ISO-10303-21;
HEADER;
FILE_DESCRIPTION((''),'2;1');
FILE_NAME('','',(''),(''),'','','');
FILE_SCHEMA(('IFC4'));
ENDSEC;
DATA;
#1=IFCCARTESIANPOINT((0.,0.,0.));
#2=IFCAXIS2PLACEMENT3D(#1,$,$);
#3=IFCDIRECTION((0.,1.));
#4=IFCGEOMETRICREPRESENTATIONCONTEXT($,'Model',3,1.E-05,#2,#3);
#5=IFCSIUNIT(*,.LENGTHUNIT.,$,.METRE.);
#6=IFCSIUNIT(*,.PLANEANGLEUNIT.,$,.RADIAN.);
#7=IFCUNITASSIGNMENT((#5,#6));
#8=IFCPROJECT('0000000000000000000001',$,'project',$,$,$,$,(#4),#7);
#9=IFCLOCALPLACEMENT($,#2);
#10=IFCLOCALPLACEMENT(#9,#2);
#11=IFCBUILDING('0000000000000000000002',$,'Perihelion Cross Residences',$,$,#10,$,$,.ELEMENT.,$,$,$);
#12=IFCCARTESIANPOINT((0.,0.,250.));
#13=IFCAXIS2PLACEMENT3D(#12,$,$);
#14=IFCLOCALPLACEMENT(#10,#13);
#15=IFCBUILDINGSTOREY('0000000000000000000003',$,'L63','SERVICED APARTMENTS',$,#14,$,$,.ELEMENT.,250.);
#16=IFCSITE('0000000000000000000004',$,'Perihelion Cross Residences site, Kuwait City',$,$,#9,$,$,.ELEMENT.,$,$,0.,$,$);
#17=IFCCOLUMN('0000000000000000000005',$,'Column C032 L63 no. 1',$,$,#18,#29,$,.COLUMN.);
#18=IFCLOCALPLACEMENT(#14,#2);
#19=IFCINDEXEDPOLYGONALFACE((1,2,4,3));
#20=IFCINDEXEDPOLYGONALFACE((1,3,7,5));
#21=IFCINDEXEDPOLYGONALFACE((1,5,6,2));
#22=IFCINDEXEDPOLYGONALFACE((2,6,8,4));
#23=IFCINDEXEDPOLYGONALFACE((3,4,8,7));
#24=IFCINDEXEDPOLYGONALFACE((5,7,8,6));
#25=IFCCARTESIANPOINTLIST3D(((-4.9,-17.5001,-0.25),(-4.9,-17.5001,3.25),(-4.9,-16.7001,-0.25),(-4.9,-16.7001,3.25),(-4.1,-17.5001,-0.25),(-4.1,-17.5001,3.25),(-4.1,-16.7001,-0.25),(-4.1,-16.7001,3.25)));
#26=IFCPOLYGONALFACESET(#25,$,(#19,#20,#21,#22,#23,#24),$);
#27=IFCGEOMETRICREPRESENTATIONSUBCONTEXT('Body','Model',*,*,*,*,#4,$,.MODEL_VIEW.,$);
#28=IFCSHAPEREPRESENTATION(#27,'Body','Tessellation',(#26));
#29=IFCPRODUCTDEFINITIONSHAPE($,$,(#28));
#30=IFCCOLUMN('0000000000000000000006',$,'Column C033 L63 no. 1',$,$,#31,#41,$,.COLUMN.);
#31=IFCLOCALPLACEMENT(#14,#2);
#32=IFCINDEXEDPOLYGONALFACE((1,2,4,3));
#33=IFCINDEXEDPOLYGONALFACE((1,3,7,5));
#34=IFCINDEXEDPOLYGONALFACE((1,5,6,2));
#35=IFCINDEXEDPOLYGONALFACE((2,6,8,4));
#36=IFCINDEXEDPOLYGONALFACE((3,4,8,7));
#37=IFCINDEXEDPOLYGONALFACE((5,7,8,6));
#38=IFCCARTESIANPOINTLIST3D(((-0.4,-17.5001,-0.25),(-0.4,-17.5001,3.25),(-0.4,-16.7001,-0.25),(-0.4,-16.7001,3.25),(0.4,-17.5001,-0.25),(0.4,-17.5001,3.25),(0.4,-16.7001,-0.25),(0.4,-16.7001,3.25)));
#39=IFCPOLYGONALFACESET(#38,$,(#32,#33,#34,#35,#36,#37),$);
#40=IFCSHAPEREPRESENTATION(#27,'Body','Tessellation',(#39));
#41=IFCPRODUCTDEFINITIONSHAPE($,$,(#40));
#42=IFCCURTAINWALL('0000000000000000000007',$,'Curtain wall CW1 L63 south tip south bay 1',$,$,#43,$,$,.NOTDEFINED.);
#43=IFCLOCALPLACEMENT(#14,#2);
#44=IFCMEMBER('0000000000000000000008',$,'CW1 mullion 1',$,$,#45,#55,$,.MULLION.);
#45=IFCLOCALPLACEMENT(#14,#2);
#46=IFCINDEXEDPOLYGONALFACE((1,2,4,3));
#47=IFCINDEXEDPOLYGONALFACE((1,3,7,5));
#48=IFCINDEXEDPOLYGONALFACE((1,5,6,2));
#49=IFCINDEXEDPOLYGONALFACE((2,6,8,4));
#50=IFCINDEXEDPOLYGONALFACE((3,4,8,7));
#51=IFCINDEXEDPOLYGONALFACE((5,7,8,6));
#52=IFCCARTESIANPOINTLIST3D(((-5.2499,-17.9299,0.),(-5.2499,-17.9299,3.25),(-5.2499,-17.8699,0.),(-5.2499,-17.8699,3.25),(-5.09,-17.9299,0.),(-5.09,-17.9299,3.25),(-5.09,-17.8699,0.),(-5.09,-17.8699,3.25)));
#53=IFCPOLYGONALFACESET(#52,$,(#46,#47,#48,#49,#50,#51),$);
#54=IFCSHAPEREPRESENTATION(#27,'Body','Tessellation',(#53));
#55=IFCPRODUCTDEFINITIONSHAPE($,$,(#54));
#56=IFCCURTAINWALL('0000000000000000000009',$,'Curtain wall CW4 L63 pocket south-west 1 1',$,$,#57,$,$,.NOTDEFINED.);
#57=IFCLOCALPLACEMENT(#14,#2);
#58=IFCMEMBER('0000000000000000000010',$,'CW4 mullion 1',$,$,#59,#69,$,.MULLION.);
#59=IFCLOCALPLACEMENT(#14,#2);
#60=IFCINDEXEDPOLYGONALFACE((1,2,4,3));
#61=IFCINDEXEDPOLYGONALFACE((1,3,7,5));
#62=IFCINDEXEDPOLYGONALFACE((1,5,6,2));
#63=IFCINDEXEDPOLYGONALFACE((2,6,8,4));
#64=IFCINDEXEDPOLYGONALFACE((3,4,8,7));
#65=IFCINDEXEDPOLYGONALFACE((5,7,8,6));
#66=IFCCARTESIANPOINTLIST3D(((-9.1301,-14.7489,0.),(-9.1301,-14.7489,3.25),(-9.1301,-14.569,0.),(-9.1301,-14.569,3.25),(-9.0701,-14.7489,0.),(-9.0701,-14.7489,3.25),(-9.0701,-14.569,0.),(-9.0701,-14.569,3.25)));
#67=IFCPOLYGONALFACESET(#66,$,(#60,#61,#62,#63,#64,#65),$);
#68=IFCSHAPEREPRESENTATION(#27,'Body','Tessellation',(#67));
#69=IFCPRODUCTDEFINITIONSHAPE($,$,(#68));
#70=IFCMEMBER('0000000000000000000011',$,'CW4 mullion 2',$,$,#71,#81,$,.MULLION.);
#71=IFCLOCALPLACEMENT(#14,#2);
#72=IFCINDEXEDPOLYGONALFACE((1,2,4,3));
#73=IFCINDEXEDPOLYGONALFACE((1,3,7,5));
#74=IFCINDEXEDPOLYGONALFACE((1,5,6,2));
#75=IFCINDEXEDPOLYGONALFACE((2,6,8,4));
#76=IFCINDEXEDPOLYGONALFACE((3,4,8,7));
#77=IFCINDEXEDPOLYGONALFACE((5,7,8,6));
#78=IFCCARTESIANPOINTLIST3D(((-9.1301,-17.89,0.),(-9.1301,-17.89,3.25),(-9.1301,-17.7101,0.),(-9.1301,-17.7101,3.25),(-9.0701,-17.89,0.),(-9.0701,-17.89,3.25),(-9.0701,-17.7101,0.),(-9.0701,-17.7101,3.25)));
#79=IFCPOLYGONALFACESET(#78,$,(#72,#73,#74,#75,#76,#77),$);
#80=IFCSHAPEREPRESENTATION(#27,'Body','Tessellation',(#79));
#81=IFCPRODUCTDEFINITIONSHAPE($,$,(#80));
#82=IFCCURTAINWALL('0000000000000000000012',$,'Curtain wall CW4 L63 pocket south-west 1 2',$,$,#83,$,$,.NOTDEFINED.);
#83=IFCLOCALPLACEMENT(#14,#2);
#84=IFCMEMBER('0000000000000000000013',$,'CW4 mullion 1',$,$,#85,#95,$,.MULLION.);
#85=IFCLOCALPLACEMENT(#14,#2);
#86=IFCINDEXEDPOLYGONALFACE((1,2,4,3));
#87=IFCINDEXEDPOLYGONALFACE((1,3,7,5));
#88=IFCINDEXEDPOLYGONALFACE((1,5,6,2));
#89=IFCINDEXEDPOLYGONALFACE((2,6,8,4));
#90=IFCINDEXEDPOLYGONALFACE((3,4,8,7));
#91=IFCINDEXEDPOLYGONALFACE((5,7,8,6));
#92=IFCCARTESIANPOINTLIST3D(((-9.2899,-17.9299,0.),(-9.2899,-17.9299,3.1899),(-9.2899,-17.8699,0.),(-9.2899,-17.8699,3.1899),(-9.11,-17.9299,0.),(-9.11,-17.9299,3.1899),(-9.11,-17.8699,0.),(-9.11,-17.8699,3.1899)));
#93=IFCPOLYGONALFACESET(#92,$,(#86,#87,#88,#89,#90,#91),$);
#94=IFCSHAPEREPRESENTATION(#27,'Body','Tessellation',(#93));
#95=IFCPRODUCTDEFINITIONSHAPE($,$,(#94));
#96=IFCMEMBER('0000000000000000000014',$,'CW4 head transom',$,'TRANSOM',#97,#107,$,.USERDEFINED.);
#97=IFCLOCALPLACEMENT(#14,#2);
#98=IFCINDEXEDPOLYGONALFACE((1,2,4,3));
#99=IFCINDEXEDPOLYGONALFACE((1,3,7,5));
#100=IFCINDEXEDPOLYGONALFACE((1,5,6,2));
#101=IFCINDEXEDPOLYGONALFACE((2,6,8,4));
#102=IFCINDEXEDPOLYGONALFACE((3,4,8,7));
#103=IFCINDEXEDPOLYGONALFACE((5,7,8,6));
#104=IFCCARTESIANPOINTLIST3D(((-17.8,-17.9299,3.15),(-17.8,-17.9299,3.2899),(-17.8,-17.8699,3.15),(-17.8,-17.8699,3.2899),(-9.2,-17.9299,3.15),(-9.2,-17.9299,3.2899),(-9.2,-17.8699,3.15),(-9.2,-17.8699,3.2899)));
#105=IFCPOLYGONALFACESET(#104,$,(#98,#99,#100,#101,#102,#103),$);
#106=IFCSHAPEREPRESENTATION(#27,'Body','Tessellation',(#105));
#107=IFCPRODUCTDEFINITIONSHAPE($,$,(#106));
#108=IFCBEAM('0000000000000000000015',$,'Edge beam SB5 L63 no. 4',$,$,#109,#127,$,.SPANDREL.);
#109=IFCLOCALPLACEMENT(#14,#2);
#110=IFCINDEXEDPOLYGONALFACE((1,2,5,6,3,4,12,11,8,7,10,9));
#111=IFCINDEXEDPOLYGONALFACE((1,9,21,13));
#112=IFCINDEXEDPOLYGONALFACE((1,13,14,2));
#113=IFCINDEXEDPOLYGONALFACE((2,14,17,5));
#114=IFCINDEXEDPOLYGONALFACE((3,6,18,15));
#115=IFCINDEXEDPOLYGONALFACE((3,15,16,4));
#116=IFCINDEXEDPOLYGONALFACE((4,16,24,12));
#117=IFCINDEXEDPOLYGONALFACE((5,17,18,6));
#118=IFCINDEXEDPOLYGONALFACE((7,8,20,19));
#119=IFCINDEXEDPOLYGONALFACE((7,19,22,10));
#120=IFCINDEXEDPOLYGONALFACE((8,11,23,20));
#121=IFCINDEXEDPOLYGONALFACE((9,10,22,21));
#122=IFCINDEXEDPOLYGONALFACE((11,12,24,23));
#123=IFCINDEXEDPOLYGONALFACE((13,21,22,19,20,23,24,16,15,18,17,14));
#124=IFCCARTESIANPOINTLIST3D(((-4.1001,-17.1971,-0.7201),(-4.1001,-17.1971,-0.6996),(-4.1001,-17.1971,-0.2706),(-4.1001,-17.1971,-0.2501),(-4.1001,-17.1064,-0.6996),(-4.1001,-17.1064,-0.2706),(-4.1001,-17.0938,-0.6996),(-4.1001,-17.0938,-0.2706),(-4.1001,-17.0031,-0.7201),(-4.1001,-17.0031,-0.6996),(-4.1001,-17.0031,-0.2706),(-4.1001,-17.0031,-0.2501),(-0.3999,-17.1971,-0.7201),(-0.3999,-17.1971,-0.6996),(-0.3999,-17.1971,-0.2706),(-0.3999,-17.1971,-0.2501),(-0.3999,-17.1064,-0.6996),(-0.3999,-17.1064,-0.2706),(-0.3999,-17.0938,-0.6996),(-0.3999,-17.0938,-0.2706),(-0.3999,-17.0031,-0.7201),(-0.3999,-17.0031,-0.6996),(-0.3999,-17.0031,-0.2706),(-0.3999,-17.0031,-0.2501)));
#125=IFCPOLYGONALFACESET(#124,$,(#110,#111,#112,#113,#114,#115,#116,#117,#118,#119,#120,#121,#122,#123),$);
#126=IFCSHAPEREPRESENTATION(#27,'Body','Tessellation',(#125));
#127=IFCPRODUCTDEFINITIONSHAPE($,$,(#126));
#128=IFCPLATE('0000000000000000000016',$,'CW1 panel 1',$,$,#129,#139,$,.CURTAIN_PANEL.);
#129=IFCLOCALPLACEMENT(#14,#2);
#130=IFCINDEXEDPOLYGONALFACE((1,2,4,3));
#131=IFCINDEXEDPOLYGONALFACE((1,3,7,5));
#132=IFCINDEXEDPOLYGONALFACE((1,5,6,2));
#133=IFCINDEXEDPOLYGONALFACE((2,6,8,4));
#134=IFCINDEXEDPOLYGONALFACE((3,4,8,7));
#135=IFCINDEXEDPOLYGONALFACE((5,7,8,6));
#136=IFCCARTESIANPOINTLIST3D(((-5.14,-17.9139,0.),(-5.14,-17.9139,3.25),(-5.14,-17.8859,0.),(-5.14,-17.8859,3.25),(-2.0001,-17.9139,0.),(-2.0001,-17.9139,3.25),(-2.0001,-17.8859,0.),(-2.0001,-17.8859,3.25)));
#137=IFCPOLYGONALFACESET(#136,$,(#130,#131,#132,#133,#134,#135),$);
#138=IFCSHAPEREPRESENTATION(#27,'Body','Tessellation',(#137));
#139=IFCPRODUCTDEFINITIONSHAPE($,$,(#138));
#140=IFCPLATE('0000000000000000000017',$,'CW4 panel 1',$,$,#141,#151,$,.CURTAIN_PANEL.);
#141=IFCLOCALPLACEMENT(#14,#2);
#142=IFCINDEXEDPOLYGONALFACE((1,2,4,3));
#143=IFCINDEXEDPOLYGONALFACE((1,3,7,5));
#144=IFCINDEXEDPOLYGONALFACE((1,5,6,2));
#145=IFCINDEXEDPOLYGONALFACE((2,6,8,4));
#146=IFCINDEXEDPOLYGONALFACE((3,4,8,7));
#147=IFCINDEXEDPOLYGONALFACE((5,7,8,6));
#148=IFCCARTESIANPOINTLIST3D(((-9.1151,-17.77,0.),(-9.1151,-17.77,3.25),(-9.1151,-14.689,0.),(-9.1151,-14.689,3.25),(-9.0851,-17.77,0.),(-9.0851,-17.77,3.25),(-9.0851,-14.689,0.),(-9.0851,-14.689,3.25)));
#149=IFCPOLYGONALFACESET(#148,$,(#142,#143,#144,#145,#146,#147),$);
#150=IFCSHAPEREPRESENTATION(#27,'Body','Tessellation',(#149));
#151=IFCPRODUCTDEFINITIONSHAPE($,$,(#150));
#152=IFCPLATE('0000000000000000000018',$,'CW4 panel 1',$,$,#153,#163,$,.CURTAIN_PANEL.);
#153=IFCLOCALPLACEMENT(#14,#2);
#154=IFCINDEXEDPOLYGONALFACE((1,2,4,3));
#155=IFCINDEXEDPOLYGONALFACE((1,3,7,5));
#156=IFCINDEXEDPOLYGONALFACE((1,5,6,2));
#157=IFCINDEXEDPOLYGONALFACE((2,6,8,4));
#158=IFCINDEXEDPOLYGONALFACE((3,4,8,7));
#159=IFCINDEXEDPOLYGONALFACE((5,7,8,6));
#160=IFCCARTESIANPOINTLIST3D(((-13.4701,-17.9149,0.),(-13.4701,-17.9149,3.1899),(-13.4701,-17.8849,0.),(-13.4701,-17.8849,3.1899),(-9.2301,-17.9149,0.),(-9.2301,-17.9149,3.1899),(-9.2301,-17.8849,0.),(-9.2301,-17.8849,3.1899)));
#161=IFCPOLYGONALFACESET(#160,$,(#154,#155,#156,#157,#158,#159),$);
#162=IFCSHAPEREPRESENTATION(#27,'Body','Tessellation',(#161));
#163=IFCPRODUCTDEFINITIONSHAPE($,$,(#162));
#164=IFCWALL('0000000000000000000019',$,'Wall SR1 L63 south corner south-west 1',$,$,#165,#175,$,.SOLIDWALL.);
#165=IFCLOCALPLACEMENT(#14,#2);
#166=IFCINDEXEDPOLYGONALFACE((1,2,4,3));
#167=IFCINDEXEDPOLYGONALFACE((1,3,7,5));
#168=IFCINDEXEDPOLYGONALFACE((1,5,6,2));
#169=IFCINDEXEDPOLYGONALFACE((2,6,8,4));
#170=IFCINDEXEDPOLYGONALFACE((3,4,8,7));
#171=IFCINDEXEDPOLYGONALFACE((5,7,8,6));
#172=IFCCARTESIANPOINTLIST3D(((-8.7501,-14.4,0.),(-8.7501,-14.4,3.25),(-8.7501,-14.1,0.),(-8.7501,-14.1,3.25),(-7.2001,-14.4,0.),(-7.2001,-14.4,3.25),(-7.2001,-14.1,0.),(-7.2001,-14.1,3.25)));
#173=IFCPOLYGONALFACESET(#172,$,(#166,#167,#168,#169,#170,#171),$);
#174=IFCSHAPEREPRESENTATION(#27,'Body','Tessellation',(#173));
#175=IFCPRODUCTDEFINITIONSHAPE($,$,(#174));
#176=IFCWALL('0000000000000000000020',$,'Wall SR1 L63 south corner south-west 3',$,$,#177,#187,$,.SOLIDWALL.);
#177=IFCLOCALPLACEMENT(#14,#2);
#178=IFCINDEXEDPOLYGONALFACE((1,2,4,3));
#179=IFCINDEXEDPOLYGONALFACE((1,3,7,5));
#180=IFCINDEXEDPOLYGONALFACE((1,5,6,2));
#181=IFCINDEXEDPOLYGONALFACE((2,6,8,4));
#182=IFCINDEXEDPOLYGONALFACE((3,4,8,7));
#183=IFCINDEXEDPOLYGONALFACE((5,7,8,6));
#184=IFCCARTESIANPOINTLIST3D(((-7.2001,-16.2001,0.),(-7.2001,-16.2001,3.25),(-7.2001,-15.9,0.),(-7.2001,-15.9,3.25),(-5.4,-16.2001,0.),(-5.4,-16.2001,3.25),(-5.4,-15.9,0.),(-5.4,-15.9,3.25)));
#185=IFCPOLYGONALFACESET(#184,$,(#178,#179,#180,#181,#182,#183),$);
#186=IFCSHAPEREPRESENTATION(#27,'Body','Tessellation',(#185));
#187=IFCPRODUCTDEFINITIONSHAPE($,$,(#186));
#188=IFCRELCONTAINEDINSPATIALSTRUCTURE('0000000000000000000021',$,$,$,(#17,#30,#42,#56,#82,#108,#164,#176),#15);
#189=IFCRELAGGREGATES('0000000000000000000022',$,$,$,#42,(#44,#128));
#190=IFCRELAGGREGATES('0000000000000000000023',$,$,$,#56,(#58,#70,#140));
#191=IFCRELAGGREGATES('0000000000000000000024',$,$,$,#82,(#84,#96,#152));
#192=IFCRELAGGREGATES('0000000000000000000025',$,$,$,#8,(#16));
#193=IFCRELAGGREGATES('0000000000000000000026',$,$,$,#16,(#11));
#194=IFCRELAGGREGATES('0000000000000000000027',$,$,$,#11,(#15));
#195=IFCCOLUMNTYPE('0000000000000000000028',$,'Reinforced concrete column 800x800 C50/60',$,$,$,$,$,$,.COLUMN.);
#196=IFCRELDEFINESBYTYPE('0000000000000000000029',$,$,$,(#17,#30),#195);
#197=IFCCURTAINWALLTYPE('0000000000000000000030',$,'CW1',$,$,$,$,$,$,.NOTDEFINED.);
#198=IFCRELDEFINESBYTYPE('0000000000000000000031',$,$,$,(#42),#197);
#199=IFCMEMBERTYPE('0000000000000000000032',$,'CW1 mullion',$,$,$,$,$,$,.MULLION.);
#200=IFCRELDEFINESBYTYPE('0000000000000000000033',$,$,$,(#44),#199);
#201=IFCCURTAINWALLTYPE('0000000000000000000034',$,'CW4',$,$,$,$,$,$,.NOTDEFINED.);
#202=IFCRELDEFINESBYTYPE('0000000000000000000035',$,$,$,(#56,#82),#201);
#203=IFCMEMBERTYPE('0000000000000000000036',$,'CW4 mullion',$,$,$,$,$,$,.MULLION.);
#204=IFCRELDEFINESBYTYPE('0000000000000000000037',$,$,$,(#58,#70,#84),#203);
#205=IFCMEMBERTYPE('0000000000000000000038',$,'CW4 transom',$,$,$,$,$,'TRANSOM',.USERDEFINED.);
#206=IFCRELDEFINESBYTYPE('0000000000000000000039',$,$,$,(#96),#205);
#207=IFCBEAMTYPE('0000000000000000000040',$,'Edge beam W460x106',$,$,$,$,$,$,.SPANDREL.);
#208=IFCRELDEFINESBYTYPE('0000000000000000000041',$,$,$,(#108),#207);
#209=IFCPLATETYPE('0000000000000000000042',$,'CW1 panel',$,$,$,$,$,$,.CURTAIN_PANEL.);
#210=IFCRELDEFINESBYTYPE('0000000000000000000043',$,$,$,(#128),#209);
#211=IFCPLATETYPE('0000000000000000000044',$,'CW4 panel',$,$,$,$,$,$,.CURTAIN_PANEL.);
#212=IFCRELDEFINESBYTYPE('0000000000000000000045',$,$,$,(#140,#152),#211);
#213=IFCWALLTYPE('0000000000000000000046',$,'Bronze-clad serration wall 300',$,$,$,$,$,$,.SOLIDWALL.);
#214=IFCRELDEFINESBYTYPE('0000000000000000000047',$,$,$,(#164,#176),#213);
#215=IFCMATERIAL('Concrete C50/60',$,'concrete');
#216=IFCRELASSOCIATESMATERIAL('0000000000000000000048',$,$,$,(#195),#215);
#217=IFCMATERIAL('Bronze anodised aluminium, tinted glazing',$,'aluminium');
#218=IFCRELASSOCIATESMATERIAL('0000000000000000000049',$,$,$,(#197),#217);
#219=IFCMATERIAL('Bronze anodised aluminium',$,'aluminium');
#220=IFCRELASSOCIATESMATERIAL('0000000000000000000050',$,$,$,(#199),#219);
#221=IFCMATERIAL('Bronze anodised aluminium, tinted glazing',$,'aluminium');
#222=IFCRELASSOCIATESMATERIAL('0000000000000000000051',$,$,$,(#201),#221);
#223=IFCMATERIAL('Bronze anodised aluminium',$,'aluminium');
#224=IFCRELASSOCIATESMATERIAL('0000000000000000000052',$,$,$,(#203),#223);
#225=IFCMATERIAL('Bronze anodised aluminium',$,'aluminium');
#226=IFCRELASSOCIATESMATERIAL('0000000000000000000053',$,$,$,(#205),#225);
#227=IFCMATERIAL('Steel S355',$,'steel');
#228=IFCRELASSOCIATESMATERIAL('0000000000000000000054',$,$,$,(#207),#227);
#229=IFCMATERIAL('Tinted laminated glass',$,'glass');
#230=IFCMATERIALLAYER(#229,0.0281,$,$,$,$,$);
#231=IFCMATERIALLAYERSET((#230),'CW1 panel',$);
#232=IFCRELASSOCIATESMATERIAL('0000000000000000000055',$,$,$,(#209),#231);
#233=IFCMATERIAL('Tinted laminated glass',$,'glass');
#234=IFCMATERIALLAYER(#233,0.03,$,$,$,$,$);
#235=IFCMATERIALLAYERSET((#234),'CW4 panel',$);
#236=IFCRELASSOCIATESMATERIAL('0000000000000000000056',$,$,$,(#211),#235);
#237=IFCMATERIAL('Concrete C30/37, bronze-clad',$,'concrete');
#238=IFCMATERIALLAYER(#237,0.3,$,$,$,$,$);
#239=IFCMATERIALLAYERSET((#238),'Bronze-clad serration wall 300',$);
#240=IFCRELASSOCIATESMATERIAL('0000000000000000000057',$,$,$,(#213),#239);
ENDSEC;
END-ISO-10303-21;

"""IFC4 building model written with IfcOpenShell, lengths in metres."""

from ifc_helpers import new_model, si_unit, direction, frame, frame_2d, origin, origin_2d, place, context, subcontext, project, spatial, rectangle, i_section, extrude, material, layer, layer_set, material_profile, profile_set, type_object, element, aggregate, save


model = new_model("IFC4")

# Units and contexts
model_context = context("Model", 3, precision=1e-05, world=origin(), true_north=direction((0.0, 1.0)))
body_context = subcontext(model_context, "Body", "Model", "MODEL_VIEW")
ifc_project = project(units=[si_unit("LENGTHUNIT", "METRE"), si_unit("PLANEANGLEUNIT", "RADIAN")], contexts=[model_context])

# Site, building, storey
site_placement = place(None, origin())
site = spatial("IfcSite", under=ifc_project, at=site_placement, Name="Perihelion Cross Residences site, Kuwait City", CompositionType="ELEMENT", RefElevation=0.0)
building_placement = place(site_placement, origin())
building = spatial("IfcBuilding", under=site, at=building_placement, Name="Perihelion Cross Residences", CompositionType="ELEMENT")
storey_placement = place(building_placement, frame((0.0, 0.0, 250.0)))
storey = spatial("IfcBuildingStorey", under=building, at=storey_placement, Name="L63", Description="SERVICED APARTMENTS", CompositionType="ELEMENT", Elevation=250.0)

# Columns
ifc_material_1 = material(Name="Concrete C50/60", Category="concrete")
ifc_material_profile_1 = material_profile(ifc_material_1, rectangle(XDim=0.8, YDim=0.8, at=origin_2d()), Name="RC 800x800")
ifc_profile_set_1 = profile_set([ifc_material_profile_1], Name="Concrete C50/60")
column_type = type_object("IfcColumnType", Name="Reinforced concrete column 800x800 C50/60", PredefinedType="COLUMN", material=ifc_profile_set_1)
for number, where, z_axis, x_axis, name in (
    (1, (-4.5, -17.1001, -0.25), (0.0, 0.0, 1.0), (1.0, 0.0, 0.0), "Column C032 L63 no. 1"),
    (2, (0.0, -17.1001, -0.25), (0.0, 0.0, 1.0), (1.0, 0.0, 0.0), "Column C033 L63 no. 1"),
):
    element("IfcColumn", number, at=place(storey_placement, frame(where, z_axis=z_axis, x_axis=x_axis)), inside=storey, type_object=column_type, Name=name, PredefinedType="COLUMN", context=body_context, shape_type="SweptSolid", body=[
        extrude(rectangle(XDim=0.8, YDim=0.8, at=origin_2d()), origin(), (0.0, 0.0, 1.0), 3.5),
    ])

# Curtain wall, member
ifc_material_2 = material(Name="Bronze anodised aluminium, tinted glazing", Category="aluminium")
curtain_wall_type_1 = type_object("IfcCurtainWallType", Name="CW1", PredefinedType="NOTDEFINED", material=ifc_material_2)
curtain_wall_1_placement = place(storey_placement, origin())
curtain_wall_1 = element("IfcCurtainWall", 3, at=curtain_wall_1_placement, inside=storey, type_object=curtain_wall_type_1, Name="Curtain wall CW1 L63 south tip south bay 1", PredefinedType="NOTDEFINED")
ifc_material_3 = material(Name="Bronze anodised aluminium", Category="aluminium")
ifc_material_profile_2 = material_profile(ifc_material_3, rectangle(XDim=0.0601, YDim=0.1599, at=origin_2d()), Name="CW1 mullion")
ifc_profile_set_2 = profile_set([ifc_material_profile_2], Name="Bronze anodised aluminium")
member_type_1 = type_object("IfcMemberType", Name="CW1 mullion", PredefinedType="MULLION", material=ifc_profile_set_2)
member_1_placement = place(storey_placement, frame((-5.1699, -17.8999, 0.0), z_axis=(0.0, 0.0, 1.0), x_axis=(0.0, 1.0, 0.0)))
member_1 = element("IfcMember", 4, at=member_1_placement, type_object=member_type_1, Name="CW1 mullion 1", PredefinedType="MULLION", context=body_context, shape_type="SweptSolid", body=[
    extrude(rectangle(XDim=0.0601, YDim=0.1599, at=origin_2d()), origin(), (0.0, 0.0, 1.0), 3.25),
])

# Curtain walls, members
ifc_material_4 = material(Name="Bronze anodised aluminium, tinted glazing", Category="aluminium")
curtain_wall_type_2 = type_object("IfcCurtainWallType", Name="CW4", PredefinedType="NOTDEFINED", material=ifc_material_4)
curtain_wall_2_placement = place(storey_placement, origin())
curtain_wall_2 = element("IfcCurtainWall", 5, at=curtain_wall_2_placement, inside=storey, type_object=curtain_wall_type_2, Name="Curtain wall CW4 L63 pocket south-west 1 1", PredefinedType="NOTDEFINED")
ifc_material_5 = material(Name="Bronze anodised aluminium", Category="aluminium")
ifc_material_profile_3 = material_profile(ifc_material_5, rectangle(XDim=0.0601, YDim=0.1799, at=origin_2d()), Name="CW4 mullion")
ifc_profile_set_3 = profile_set([ifc_material_profile_3], Name="Bronze anodised aluminium")
member_type_2 = type_object("IfcMemberType", Name="CW4 mullion", PredefinedType="MULLION", material=ifc_profile_set_3)
member_2_placement = place(storey_placement, frame((-9.1001, -14.6589, 0.0), z_axis=(0.0, 0.0, 1.0), x_axis=(1.0, 0.0, 0.0)))
member_2 = element("IfcMember", 6, at=member_2_placement, type_object=member_type_2, Name="CW4 mullion 1", PredefinedType="MULLION", context=body_context, shape_type="SweptSolid", body=[
    extrude(rectangle(XDim=0.0601, YDim=0.1799, at=origin_2d()), origin(), (0.0, 0.0, 1.0), 3.25),
])
member_3_placement = place(storey_placement, frame((-9.1001, -17.8, 0.0), z_axis=(0.0, 0.0, 1.0), x_axis=(1.0, 0.0, 0.0)))
member_3 = element("IfcMember", 7, at=member_3_placement, type_object=member_type_2, Name="CW4 mullion 2", PredefinedType="MULLION", context=body_context, shape_type="SweptSolid", body=[
    extrude(rectangle(XDim=0.0601, YDim=0.1799, at=origin_2d()), origin(), (0.0, 0.0, 1.0), 3.25),
])
curtain_wall_3_placement = place(storey_placement, origin())
curtain_wall_3 = element("IfcCurtainWall", 8, at=curtain_wall_3_placement, inside=storey, type_object=curtain_wall_type_2, Name="Curtain wall CW4 L63 pocket south-west 1 2", PredefinedType="NOTDEFINED")
member_4_placement = place(storey_placement, frame((-9.2, -17.8999, 0.0), z_axis=(0.0, 0.0, 1.0), x_axis=(0.0, -1.0, 0.0)))
member_4 = element("IfcMember", 9, at=member_4_placement, type_object=member_type_2, Name="CW4 mullion 1", PredefinedType="MULLION", context=body_context, shape_type="SweptSolid", body=[
    extrude(rectangle(XDim=0.0601, YDim=0.1799, at=origin_2d()), origin(), (0.0, 0.0, 1.0), 3.1899),
])
ifc_material_6 = material(Name="Bronze anodised aluminium", Category="aluminium")
ifc_material_profile_4 = material_profile(ifc_material_6, rectangle(XDim=0.0601, YDim=0.1399, at=origin_2d()), Name="CW4 transom")
ifc_profile_set_4 = profile_set([ifc_material_profile_4], Name="Bronze anodised aluminium")
member_type_3 = type_object("IfcMemberType", Name="CW4 transom", ElementType="TRANSOM", PredefinedType="USERDEFINED", material=ifc_profile_set_4)
member_5_placement = place(storey_placement, frame((-9.2, -17.8999, 3.22), z_axis=(-1.0, 0.0, 0.0), x_axis=(0.0, -1.0, 0.0)))
member_5 = element("IfcMember", 10, at=member_5_placement, type_object=member_type_3, Name="CW4 head transom", ObjectType="TRANSOM", PredefinedType="USERDEFINED", context=body_context, shape_type="SweptSolid", body=[
    extrude(rectangle(XDim=0.0601, YDim=0.1399, at=origin_2d()), origin(), (0.0, 0.0, 1.0), 8.6001),
])

# Beam
ifc_material_7 = material(Name="Steel S355", Category="steel")
ifc_material_profile_5 = material_profile(ifc_material_7, i_section(OverallWidth=0.1941, OverallDepth=0.47, WebThickness=0.0127, FlangeThickness=0.0205, at=origin_2d()), Name="W460x106")
ifc_profile_set_5 = profile_set([ifc_material_profile_5], Name="Steel S355")
beam_type = type_object("IfcBeamType", Name="Edge beam W460x106", PredefinedType="SPANDREL", material=ifc_profile_set_5)
beam_placement = place(storey_placement, frame((-4.1001, -17.1001, -0.4851), z_axis=(1.0, 0.0, 0.0), x_axis=(0.0, 1.0, 0.0)))
element("IfcBeam", 11, at=beam_placement, inside=storey, type_object=beam_type, Name="Edge beam SB5 L63 no. 4", PredefinedType="SPANDREL", context=body_context, shape_type="SweptSolid", body=[
    extrude(i_section(OverallWidth=0.1941, OverallDepth=0.47, WebThickness=0.0127, FlangeThickness=0.0205, at=origin_2d()), origin(), (0.0, 0.0, 1.0), 3.7002),
])

# Plates
ifc_material_8 = material(Name="Tinted laminated glass", Category="glass")
ifc_layer_1 = layer(ifc_material_8, 0.0281)
ifc_layer_set_1 = layer_set([ifc_layer_1], Name="CW1 panel")
plate_type_1 = type_object("IfcPlateType", Name="CW1 panel", PredefinedType="CURTAIN_PANEL", material=ifc_layer_set_1)
plate_1_placement = place(storey_placement, frame((-3.5701, -17.8999, 0.0), z_axis=(0.0, 0.0, 1.0), x_axis=(1.0, 0.0, 0.0)))
plate_1 = element("IfcPlate", 12, at=plate_1_placement, type_object=plate_type_1, Name="CW1 panel 1", PredefinedType="CURTAIN_PANEL", context=body_context, shape_type="SweptSolid", body=[
    extrude(rectangle(XDim=3.1399, YDim=0.0281, at=origin_2d()), origin(), (0.0, 0.0, 1.0), 3.25),
])
aggregate(curtain_wall_1, [member_1, plate_1])
ifc_material_9 = material(Name="Tinted laminated glass", Category="glass")
ifc_layer_2 = layer(ifc_material_9, 0.03)
ifc_layer_set_2 = layer_set([ifc_layer_2], Name="CW4 panel")
plate_type_2 = type_object("IfcPlateType", Name="CW4 panel", PredefinedType="CURTAIN_PANEL", material=ifc_layer_set_2)
plate_2_placement = place(storey_placement, frame((-9.1001, -16.2295, 0.0), z_axis=(0.0, 0.0, 1.0), x_axis=(0.0, -1.0, 0.0)))
plate_2 = element("IfcPlate", 13, at=plate_2_placement, type_object=plate_type_2, Name="CW4 panel 1", PredefinedType="CURTAIN_PANEL", context=body_context, shape_type="SweptSolid", body=[
    extrude(rectangle(XDim=3.0811, YDim=0.03, at=origin_2d()), origin(), (0.0, 0.0, 1.0), 3.25),
])
aggregate(curtain_wall_2, [member_2, member_3, plate_2])
plate_3_placement = place(storey_placement, frame((-11.3501, -17.8999, 0.0), z_axis=(0.0, 0.0, 1.0), x_axis=(-1.0, 0.0, 0.0)))
plate_3 = element("IfcPlate", 14, at=plate_3_placement, type_object=plate_type_2, Name="CW4 panel 1", PredefinedType="CURTAIN_PANEL", context=body_context, shape_type="SweptSolid", body=[
    extrude(rectangle(XDim=4.24, YDim=0.03, at=origin_2d()), origin(), (0.0, 0.0, 1.0), 3.1899),
])
aggregate(curtain_wall_3, [member_4, member_5, plate_3])

# Walls
ifc_material_10 = material(Name="Concrete C30/37, bronze-clad", Category="concrete")
ifc_layer_3 = layer(ifc_material_10, 0.3)
ifc_layer_set_3 = layer_set([ifc_layer_3], Name="Bronze-clad serration wall 300")
wall_type_1 = type_object("IfcWallType", Name="Bronze-clad serration wall 300", PredefinedType="SOLIDWALL", material=ifc_layer_set_3)
wall_1_placement = place(storey_placement, frame((-8.75, -14.25, 0.0), z_axis=(0.0, 0.0, 1.0), x_axis=(1.0, 0.0, 0.0)))
element("IfcWall", 15, at=wall_1_placement, inside=storey, type_object=wall_type_1, Name="Wall SR1 L63 south corner south-west 1", PredefinedType="SOLIDWALL", context=body_context, shape_type="SweptSolid", body=[
    extrude(rectangle(XDim=1.55, YDim=0.3, at=frame_2d((0.7749, 0.0))), origin(), (0.0, 0.0, 1.0), 3.25),
])
wall_2_placement = place(storey_placement, frame((-7.2, -16.05, 0.0), z_axis=(0.0, 0.0, 1.0), x_axis=(1.0, 0.0, 0.0)))
element("IfcWall", 16, at=wall_2_placement, inside=storey, type_object=wall_type_1, Name="Wall SR1 L63 south corner south-west 3", PredefinedType="SOLIDWALL", context=body_context, shape_type="SweptSolid", body=[
    extrude(rectangle(XDim=1.8, YDim=0.3, at=frame_2d((0.8999, 0.0))), origin(), (0.0, 0.0, 1.0), 3.25),
])

save(model, "model.ifc")
